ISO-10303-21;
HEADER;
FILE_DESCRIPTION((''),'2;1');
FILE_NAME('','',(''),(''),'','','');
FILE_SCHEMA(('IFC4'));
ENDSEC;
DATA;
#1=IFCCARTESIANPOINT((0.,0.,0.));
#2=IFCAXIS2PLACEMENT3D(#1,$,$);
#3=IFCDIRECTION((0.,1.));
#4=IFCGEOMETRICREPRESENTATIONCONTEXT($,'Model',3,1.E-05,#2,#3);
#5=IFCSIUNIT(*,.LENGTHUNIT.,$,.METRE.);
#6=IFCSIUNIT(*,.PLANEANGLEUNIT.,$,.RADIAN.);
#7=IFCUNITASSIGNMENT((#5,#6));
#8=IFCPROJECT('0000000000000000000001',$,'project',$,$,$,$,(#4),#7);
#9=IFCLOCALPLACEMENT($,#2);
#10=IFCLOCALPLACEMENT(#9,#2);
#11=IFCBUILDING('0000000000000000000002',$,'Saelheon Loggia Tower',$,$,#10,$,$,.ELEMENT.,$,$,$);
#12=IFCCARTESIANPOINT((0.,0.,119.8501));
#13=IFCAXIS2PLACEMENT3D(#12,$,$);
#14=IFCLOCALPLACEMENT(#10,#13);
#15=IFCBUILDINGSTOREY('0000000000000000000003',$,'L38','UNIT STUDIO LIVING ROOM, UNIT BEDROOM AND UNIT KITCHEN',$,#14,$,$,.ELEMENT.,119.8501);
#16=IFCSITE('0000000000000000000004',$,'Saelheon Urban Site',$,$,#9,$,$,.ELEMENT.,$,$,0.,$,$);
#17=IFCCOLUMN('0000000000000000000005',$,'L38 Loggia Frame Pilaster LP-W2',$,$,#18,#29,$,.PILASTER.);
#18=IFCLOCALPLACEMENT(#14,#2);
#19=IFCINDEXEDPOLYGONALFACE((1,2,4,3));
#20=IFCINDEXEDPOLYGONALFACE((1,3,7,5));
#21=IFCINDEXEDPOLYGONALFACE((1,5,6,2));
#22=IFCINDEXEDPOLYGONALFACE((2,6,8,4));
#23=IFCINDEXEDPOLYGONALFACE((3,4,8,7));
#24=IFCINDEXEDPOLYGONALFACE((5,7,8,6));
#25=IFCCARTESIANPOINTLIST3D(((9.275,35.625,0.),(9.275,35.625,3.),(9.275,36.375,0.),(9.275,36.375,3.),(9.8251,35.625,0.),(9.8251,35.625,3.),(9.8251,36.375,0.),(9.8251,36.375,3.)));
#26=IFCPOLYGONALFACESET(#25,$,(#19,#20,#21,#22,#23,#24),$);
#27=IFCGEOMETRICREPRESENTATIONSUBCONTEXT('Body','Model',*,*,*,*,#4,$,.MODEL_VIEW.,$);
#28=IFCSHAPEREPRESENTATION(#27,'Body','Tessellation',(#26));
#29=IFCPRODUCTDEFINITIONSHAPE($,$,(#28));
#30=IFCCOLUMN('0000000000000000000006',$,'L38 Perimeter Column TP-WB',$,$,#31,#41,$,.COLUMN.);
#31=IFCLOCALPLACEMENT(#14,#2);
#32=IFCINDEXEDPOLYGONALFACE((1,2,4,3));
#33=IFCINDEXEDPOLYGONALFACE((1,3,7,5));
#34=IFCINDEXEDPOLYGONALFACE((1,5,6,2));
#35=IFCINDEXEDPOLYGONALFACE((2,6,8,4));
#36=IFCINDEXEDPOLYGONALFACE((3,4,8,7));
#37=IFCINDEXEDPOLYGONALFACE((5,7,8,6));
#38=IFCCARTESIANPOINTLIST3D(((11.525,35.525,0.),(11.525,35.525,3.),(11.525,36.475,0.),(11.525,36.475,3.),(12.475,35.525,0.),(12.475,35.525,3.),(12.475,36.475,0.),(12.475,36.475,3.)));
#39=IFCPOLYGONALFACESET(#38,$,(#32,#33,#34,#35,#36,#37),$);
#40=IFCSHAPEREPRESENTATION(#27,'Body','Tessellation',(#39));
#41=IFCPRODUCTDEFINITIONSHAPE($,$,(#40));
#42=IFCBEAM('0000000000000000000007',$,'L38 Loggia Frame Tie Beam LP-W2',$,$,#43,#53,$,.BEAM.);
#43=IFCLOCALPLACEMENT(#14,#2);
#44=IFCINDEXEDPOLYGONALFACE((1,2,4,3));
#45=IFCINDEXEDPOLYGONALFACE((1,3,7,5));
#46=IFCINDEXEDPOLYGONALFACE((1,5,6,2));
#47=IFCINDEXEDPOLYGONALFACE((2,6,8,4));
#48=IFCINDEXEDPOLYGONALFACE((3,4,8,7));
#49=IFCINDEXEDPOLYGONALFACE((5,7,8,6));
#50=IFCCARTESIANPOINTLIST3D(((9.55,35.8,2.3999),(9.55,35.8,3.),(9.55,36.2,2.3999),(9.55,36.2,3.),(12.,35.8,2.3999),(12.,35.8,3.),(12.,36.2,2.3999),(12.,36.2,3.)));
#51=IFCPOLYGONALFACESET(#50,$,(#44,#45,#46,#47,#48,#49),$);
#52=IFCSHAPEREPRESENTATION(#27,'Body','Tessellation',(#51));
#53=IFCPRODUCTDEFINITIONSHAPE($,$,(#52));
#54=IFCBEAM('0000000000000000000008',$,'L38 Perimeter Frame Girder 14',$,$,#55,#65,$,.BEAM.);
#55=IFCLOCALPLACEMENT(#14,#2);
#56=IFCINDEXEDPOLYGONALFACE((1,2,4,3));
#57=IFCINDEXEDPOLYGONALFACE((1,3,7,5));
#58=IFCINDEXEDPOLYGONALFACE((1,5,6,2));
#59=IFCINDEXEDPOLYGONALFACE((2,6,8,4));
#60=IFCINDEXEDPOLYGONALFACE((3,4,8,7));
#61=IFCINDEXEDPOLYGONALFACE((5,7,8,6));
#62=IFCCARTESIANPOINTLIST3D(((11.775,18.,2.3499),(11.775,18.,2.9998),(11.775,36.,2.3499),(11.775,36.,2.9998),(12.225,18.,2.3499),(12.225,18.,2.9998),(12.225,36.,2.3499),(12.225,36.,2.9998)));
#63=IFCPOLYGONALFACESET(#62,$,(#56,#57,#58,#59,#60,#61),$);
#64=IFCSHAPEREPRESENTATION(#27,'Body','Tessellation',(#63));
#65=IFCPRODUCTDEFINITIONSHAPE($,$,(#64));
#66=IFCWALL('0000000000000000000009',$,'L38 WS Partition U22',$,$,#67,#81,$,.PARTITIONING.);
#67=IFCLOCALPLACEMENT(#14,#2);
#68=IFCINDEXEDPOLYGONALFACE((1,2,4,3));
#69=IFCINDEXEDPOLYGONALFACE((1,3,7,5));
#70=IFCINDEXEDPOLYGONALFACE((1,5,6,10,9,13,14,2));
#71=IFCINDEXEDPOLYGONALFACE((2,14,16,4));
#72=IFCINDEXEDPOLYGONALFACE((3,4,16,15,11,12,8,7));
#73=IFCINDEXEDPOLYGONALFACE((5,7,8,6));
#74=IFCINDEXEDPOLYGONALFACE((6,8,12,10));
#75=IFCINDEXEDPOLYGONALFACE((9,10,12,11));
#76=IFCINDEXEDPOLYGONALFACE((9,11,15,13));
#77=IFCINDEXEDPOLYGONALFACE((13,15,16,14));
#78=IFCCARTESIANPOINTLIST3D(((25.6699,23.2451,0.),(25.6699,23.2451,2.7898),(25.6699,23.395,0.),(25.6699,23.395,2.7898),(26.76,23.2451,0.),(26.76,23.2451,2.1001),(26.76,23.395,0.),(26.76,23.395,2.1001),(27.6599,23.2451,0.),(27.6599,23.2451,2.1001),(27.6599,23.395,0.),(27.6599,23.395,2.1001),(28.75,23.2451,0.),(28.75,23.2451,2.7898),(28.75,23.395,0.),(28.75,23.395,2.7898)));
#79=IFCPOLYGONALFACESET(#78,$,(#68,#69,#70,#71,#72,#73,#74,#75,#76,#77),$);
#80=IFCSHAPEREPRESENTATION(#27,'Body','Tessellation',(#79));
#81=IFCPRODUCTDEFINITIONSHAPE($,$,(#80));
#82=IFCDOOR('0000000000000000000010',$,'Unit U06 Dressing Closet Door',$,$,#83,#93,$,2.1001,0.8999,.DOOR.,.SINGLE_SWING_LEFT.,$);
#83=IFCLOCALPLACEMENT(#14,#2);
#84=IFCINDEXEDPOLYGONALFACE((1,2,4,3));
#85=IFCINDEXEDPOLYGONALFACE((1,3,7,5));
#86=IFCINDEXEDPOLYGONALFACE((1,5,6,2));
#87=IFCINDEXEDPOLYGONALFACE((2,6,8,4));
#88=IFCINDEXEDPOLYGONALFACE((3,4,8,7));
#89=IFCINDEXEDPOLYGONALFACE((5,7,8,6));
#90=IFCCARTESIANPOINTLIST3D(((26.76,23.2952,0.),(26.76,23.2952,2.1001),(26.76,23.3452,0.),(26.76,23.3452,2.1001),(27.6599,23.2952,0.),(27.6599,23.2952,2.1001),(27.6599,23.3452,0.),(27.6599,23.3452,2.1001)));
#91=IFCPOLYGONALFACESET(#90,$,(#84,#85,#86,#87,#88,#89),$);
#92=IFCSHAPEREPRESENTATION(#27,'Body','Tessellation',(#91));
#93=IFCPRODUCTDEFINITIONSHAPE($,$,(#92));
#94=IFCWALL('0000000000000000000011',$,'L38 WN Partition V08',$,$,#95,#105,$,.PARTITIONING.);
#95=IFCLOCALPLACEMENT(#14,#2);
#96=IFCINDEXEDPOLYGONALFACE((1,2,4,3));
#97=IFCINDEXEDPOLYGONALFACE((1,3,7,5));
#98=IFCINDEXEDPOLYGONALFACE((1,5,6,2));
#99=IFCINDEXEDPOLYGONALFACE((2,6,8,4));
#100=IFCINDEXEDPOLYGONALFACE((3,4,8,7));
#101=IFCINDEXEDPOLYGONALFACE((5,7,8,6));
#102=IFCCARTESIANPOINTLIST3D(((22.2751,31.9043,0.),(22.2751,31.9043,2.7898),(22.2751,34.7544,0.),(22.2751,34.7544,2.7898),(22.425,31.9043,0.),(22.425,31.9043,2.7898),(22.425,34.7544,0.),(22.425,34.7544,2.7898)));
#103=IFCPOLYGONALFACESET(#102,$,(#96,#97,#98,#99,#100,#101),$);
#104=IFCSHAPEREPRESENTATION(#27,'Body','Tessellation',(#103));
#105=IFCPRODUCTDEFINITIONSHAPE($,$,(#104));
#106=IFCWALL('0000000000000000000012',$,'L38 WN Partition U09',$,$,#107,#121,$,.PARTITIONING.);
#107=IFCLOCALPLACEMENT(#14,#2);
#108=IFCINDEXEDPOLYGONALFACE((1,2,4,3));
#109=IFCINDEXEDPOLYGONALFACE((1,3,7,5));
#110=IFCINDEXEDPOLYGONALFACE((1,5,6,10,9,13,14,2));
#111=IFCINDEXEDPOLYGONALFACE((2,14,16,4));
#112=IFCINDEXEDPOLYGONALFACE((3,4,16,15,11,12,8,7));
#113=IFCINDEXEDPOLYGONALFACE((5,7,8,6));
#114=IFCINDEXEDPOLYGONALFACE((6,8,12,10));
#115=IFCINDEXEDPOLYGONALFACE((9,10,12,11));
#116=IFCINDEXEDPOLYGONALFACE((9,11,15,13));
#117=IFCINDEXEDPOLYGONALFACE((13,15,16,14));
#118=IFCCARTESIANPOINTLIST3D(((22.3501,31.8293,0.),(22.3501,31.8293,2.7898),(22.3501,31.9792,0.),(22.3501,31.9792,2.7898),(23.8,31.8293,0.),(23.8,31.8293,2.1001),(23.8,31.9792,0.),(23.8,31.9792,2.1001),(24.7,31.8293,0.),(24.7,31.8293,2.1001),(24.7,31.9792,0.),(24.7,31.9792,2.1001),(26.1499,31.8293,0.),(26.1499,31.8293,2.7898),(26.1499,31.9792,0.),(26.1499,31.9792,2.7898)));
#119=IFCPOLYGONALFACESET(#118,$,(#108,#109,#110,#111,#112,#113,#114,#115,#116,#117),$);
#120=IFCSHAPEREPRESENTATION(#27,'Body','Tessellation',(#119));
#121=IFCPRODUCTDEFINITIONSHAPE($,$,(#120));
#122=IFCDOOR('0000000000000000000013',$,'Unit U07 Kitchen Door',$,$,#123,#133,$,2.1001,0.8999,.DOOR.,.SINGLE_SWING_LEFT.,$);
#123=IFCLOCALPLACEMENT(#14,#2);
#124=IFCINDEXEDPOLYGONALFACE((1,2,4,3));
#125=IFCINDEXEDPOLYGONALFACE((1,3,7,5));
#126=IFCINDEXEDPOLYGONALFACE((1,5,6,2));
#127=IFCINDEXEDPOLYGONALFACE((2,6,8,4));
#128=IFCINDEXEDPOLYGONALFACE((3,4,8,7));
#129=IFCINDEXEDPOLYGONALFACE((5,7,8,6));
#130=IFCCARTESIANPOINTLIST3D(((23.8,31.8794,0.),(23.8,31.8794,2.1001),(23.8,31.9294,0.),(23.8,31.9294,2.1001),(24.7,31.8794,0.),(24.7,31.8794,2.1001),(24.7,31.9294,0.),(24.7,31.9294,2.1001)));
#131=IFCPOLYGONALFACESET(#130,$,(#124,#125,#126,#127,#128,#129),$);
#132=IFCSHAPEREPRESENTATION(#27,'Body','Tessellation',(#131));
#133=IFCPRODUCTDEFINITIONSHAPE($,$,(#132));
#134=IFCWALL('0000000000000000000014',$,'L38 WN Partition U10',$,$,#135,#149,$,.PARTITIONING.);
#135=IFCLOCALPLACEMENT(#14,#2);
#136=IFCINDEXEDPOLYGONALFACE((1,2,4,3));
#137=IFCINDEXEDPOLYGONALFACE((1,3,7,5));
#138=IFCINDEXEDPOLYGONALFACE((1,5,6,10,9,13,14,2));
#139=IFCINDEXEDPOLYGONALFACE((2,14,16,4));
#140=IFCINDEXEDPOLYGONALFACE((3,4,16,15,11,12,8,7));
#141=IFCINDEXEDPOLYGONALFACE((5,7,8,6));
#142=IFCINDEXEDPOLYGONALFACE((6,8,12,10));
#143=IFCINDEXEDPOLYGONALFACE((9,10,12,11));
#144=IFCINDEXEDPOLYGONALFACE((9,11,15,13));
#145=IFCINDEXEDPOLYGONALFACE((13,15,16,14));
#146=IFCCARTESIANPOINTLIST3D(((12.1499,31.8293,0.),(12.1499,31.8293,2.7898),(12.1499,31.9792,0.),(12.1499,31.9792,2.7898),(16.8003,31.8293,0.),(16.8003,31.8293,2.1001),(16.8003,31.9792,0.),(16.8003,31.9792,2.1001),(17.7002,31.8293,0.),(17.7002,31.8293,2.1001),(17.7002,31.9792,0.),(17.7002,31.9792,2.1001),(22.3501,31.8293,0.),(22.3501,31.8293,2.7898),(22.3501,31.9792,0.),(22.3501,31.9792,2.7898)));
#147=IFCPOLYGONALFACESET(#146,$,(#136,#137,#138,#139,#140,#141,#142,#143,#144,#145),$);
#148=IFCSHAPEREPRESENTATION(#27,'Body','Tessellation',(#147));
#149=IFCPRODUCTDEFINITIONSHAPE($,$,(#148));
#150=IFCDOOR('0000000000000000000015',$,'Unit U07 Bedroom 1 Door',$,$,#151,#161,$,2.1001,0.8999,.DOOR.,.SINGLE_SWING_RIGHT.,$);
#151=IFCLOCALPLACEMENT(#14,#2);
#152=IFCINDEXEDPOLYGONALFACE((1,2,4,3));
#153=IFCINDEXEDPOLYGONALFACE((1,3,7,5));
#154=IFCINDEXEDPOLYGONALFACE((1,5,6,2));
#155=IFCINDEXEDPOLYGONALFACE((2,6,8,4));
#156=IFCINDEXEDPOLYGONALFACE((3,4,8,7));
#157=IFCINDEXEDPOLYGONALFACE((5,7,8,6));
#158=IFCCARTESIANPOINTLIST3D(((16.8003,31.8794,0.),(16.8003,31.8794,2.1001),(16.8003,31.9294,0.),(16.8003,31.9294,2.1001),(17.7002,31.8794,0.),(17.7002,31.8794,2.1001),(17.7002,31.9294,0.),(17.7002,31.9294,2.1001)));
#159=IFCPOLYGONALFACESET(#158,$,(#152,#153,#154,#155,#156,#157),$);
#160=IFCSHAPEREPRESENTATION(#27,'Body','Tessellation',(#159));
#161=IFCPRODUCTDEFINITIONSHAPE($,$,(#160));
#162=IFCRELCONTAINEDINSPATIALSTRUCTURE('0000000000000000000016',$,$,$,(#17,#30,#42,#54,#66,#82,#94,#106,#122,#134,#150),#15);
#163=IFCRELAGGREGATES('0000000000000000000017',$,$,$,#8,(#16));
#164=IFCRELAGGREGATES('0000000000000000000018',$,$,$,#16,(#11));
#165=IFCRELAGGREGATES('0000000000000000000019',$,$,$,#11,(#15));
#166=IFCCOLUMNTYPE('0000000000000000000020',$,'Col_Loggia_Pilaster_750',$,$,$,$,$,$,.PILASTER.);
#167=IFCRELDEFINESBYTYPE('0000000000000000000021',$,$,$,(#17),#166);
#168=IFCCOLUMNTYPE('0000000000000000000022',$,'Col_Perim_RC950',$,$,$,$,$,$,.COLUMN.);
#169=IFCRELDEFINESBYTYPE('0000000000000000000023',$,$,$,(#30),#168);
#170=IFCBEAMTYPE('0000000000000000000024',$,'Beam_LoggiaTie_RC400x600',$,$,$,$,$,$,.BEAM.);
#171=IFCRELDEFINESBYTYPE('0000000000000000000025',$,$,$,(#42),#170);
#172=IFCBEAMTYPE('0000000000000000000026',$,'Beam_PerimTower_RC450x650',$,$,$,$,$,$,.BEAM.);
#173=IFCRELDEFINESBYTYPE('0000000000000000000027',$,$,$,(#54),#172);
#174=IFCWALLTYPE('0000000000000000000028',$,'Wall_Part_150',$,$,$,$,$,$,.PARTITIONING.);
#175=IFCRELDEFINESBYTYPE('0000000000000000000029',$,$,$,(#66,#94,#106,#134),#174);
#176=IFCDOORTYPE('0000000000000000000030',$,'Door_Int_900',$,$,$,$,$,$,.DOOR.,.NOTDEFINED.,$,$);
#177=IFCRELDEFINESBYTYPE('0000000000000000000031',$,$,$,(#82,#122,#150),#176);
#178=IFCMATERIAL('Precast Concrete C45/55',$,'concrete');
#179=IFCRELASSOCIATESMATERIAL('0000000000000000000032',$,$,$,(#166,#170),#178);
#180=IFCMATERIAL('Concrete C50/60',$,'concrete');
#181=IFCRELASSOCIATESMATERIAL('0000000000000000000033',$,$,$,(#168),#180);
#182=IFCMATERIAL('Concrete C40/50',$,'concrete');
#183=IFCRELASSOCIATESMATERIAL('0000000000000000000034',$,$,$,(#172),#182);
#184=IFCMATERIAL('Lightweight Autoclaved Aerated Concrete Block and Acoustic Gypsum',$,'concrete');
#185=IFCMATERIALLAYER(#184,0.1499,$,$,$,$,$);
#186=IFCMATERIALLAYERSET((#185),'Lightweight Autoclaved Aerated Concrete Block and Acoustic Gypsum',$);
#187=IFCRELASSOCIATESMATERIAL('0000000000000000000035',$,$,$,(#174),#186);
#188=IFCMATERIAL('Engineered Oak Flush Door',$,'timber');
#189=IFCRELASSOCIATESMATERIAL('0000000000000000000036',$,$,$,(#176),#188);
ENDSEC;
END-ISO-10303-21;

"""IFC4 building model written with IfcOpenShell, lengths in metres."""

from ifc_helpers import new_model, si_unit, direction, frame, frame_2d, origin, origin_2d, place, context, subcontext, project, spatial, rectangle, extrude, source, transform, mapped, material, layer, layer_set, material_profile, profile_set, type_object, element, fill, save


model = new_model("IFC4")

# Units and contexts
model_context = context("Model", 3, precision=1e-05, world=origin(), true_north=direction((0.0, 1.0)))
body_context = subcontext(model_context, "Body", "Model", "MODEL_VIEW")
ifc_project = project(units=[si_unit("LENGTHUNIT", "METRE"), si_unit("PLANEANGLEUNIT", "RADIAN")], contexts=[model_context])

# Site, building, storey
site_placement = place(None, origin())
site = spatial("IfcSite", under=ifc_project, at=site_placement, Name="Saelheon Urban Site", CompositionType="ELEMENT", RefElevation=0.0)
building_placement = place(site_placement, origin())
building = spatial("IfcBuilding", under=site, at=building_placement, Name="Saelheon Loggia Tower", CompositionType="ELEMENT")
storey_placement = place(building_placement, frame((0.0, 0.0, 119.8501)))
storey = spatial("IfcBuildingStorey", under=building, at=storey_placement, Name="L38", Description="UNIT STUDIO LIVING ROOM, UNIT BEDROOM AND UNIT KITCHEN", CompositionType="ELEMENT", Elevation=119.8501)

# Columns
ifc_material_1 = material(Name="Precast Concrete C45/55", Category="concrete")
ifc_material_profile_1 = material_profile(ifc_material_1, rectangle(XDim=0.55, YDim=0.75, at=origin_2d()), Name="RC-550x750")
ifc_profile_set_1 = profile_set([ifc_material_profile_1], Name="Precast Concrete C45/55")
column_type_1 = type_object("IfcColumnType", Name="Col_Loggia_Pilaster_750", PredefinedType="PILASTER", material=ifc_profile_set_1)
shared_shape_1 = source(origin(), body_context, "Body", "SweptSolid", [
    extrude(rectangle(XDim=0.55, YDim=0.75, at=origin_2d()), origin(), (0.0, 0.0, 1.0), 3.0),
])
column_1_placement = place(storey_placement, frame((9.55, 36.0, 0.0), z_axis=(0.0, 0.0, 1.0), x_axis=(1.0, 0.0, 0.0)))
element("IfcColumn", 1, at=column_1_placement, inside=storey, type_object=column_type_1, Name="L38 Loggia Frame Pilaster LP-W2", PredefinedType="PILASTER", context=body_context, shape_type="MappedRepresentation", body=[
    mapped(shared_shape_1, transform((0.0, 0.0, 0.0), scale=1.0)),
])
ifc_material_2 = material(Name="Concrete C50/60", Category="concrete")
ifc_material_profile_2 = material_profile(ifc_material_2, rectangle(XDim=0.95, YDim=0.95, at=origin_2d()), Name="RC-950x950")
ifc_profile_set_2 = profile_set([ifc_material_profile_2], Name="Concrete C50/60")
column_type_2 = type_object("IfcColumnType", Name="Col_Perim_RC950", PredefinedType="COLUMN", material=ifc_profile_set_2)
shared_shape_2 = source(origin(), body_context, "Body", "SweptSolid", [
    extrude(rectangle(XDim=0.95, YDim=0.95, at=origin_2d()), origin(), (0.0, 0.0, 1.0), 3.0),
])
column_2_placement = place(storey_placement, frame((12.0, 36.0, 0.0), z_axis=(0.0, 0.0, 1.0), x_axis=(1.0, 0.0, 0.0)))
element("IfcColumn", 2, at=column_2_placement, inside=storey, type_object=column_type_2, Name="L38 Perimeter Column TP-WB", PredefinedType="COLUMN", context=body_context, shape_type="MappedRepresentation", body=[
    mapped(shared_shape_2, transform((0.0, 0.0, 0.0), scale=1.0)),
])

# Beams
ifc_material_profile_3 = material_profile(ifc_material_1, rectangle(XDim=0.3999, YDim=0.6001, at=origin_2d()), Name="RC-400x600")
ifc_profile_set_3 = profile_set([ifc_material_profile_3], Name="Precast Concrete C45/55")
beam_type_1 = type_object("IfcBeamType", Name="Beam_LoggiaTie_RC400x600", PredefinedType="BEAM", material=ifc_profile_set_3)
shared_shape_3 = source(origin(), body_context, "Body", "SweptSolid", [
    extrude(rectangle(XDim=0.3999, YDim=0.6001, at=origin_2d()), origin(), (0.0, 0.0, 1.0), 2.45),
])
beam_1_placement = place(storey_placement, frame((12.0, 36.0, 2.7), z_axis=(-1.0, 0.0, 0.0), x_axis=(0.0, -1.0, 0.0)))
element("IfcBeam", 3, at=beam_1_placement, inside=storey, type_object=beam_type_1, Name="L38 Loggia Frame Tie Beam LP-W2", PredefinedType="BEAM", context=body_context, shape_type="MappedRepresentation", body=[
    mapped(shared_shape_3, transform((0.0, 0.0, 0.0), scale=1.0)),
])
ifc_material_3 = material(Name="Concrete C40/50", Category="concrete")
ifc_material_profile_4 = material_profile(ifc_material_3, rectangle(XDim=0.45, YDim=0.6499, at=origin_2d()), Name="RC-450x650")
ifc_profile_set_4 = profile_set([ifc_material_profile_4], Name="Concrete C40/50")
beam_type_2 = type_object("IfcBeamType", Name="Beam_PerimTower_RC450x650", PredefinedType="BEAM", material=ifc_profile_set_4)
shared_shape_4 = source(origin(), body_context, "Body", "SweptSolid", [
    extrude(rectangle(XDim=0.45, YDim=0.6499, at=origin_2d()), origin(), (0.0, 0.0, 1.0), 18.0),
])
beam_2_placement = place(storey_placement, frame((12.0, 36.0, 2.6748), z_axis=(0.0, -1.0, 0.0), x_axis=(1.0, 0.0, 0.0)))
element("IfcBeam", 4, at=beam_2_placement, inside=storey, type_object=beam_type_2, Name="L38 Perimeter Frame Girder 14", PredefinedType="BEAM", context=body_context, shape_type="MappedRepresentation", body=[
    mapped(shared_shape_4, transform((0.0, 0.0, 0.0), scale=1.0)),
])

# Wall, opening, door
ifc_material_4 = material(Name="Lightweight Autoclaved Aerated Concrete Block and Acoustic Gypsum", Category="concrete")
ifc_layer_1 = layer(ifc_material_4, 0.1499)
ifc_layer_set_1 = layer_set([ifc_layer_1], Name="Lightweight Autoclaved Aerated Concrete Block and Acoustic Gypsum")
wall_type_1 = type_object("IfcWallType", Name="Wall_Part_150", PredefinedType="PARTITIONING", material=ifc_layer_set_1)
wall_1_placement = place(storey_placement, frame((28.75, 23.3201, 0.0), z_axis=(0.0, 0.0, 1.0), x_axis=(-1.0, 0.0, 0.0)))
wall_1 = element("IfcWall", 5, at=wall_1_placement, inside=storey, type_object=wall_type_1, Name="L38 WS Partition U22", PredefinedType="PARTITIONING", context=body_context, shape_type="SweptSolid", body=[
    extrude(rectangle(XDim=3.0801, YDim=0.1499, at=frame_2d((1.54, 0.0))), origin(), (0.0, 0.0, 1.0), 2.7898),
])
opening_1_placement = place(wall_1_placement, frame((1.0901, 0.0, 0.0)))
opening_1 = element("IfcOpeningElement", 6, at=opening_1_placement, cuts=wall_1, PredefinedType="OPENING", context=body_context, shape_type="SweptSolid", body=[
    extrude(rectangle(XDim=0.8999, YDim=2.1001, at=frame_2d((0.45, 1.05))), frame((0.0, 0.0869, 0.0), z_axis=(0.0, -1.0, 0.0), x_axis=(1.0, 0.0, 0.0)), (0.0, 0.0, 1.0), 0.1738),
])
ifc_material_5 = material(Name="Engineered Oak Flush Door", Category="timber")
door_type_1 = type_object("IfcDoorType", Name="Door_Int_900", OperationType="NOTDEFINED", PredefinedType="DOOR", material=ifc_material_5)
shared_shape_5 = source(origin(), body_context, "Body", "SweptSolid", [
    extrude(rectangle(XDim=0.8999, YDim=2.1001, at=frame_2d((0.45, 1.05))), frame((0.0, 0.0249, 0.0), z_axis=(0.0, -1.0, 0.0), x_axis=(1.0, 0.0, 0.0)), (0.0, 0.0, 1.0), 0.05),
])
door_1_placement = place(opening_1_placement, origin())
door_1 = element("IfcDoor", 7, at=door_1_placement, inside=storey, type_object=door_type_1, Name="Unit U06 Dressing Closet Door", OperationType="SINGLE_SWING_LEFT", OverallHeight=2.1001, OverallWidth=0.8999, PredefinedType="DOOR", context=body_context, shape_type="MappedRepresentation", body=[
    mapped(shared_shape_5, transform((0.0, 0.0, 0.0), scale=1.0)),
])
fill(opening_1, door_1)

# Wall
wall_2_placement = place(storey_placement, frame((22.3501, 31.9043, 0.0), z_axis=(0.0, 0.0, 1.0), x_axis=(0.0, 1.0, 0.0)))
element("IfcWall", 8, at=wall_2_placement, inside=storey, type_object=wall_type_1, Name="L38 WN Partition V08", PredefinedType="PARTITIONING", context=body_context, shape_type="SweptSolid", body=[
    extrude(rectangle(XDim=2.8501, YDim=0.1499, at=frame_2d((1.425, 0.0))), origin(), (0.0, 0.0, 1.0), 2.7898),
])

# Walls, openings, doors
wall_3_placement = place(storey_placement, frame((26.1499, 31.9043, 0.0), z_axis=(0.0, 0.0, 1.0), x_axis=(-1.0, 0.0, 0.0)))
wall_3 = element("IfcWall", 9, at=wall_3_placement, inside=storey, type_object=wall_type_1, Name="L38 WN Partition U09", PredefinedType="PARTITIONING", context=body_context, shape_type="SweptSolid", body=[
    extrude(rectangle(XDim=3.7998, YDim=0.1499, at=frame_2d((1.8999, 0.0))), origin(), (0.0, 0.0, 1.0), 2.7898),
])
opening_2_placement = place(wall_3_placement, frame((1.45, 0.0, 0.0)))
opening_2 = element("IfcOpeningElement", 10, at=opening_2_placement, cuts=wall_3, PredefinedType="OPENING", context=body_context, shape_type="SweptSolid", body=[
    extrude(rectangle(XDim=0.8999, YDim=2.1001, at=frame_2d((0.45, 1.05))), frame((0.0, 0.0869, 0.0), z_axis=(0.0, -1.0, 0.0), x_axis=(1.0, 0.0, 0.0)), (0.0, 0.0, 1.0), 0.1738),
])
door_2_placement = place(opening_2_placement, origin())
door_2 = element("IfcDoor", 11, at=door_2_placement, inside=storey, type_object=door_type_1, Name="Unit U07 Kitchen Door", OperationType="SINGLE_SWING_LEFT", OverallHeight=2.1001, OverallWidth=0.8999, PredefinedType="DOOR", context=body_context, shape_type="MappedRepresentation", body=[
    mapped(shared_shape_5, transform((0.0, 0.0, 0.0), scale=1.0)),
])
fill(opening_2, door_2)
wall_4_placement = place(storey_placement, frame((22.3501, 31.9043, 0.0), z_axis=(0.0, 0.0, 1.0), x_axis=(-1.0, 0.0, 0.0)))
wall_4 = element("IfcWall", 12, at=wall_4_placement, inside=storey, type_object=wall_type_1, Name="L38 WN Partition U10", PredefinedType="PARTITIONING", context=body_context, shape_type="SweptSolid", body=[
    extrude(rectangle(XDim=10.2002, YDim=0.1499, at=frame_2d((5.1001, 0.0))), origin(), (0.0, 0.0, 1.0), 2.7898),
])
opening_3_placement = place(wall_4_placement, frame((4.6499, 0.0, 0.0)))
opening_3 = element("IfcOpeningElement", 13, at=opening_3_placement, cuts=wall_4, PredefinedType="OPENING", context=body_context, shape_type="SweptSolid", body=[
    extrude(rectangle(XDim=0.8999, YDim=2.1001, at=frame_2d((0.45, 1.05))), frame((0.0, 0.0869, 0.0), z_axis=(0.0, -1.0, 0.0), x_axis=(1.0, 0.0, 0.0)), (0.0, 0.0, 1.0), 0.1738),
])
door_3_placement = place(opening_3_placement, origin())
door_3 = element("IfcDoor", 14, at=door_3_placement, inside=storey, type_object=door_type_1, Name="Unit U07 Bedroom 1 Door", OperationType="SINGLE_SWING_RIGHT", OverallHeight=2.1001, OverallWidth=0.8999, PredefinedType="DOOR", context=body_context, shape_type="MappedRepresentation", body=[
    mapped(shared_shape_5, transform((0.0, 0.0, 0.0), scale=1.0)),
])
fill(opening_3, door_3)

save(model, "model.ifc")
